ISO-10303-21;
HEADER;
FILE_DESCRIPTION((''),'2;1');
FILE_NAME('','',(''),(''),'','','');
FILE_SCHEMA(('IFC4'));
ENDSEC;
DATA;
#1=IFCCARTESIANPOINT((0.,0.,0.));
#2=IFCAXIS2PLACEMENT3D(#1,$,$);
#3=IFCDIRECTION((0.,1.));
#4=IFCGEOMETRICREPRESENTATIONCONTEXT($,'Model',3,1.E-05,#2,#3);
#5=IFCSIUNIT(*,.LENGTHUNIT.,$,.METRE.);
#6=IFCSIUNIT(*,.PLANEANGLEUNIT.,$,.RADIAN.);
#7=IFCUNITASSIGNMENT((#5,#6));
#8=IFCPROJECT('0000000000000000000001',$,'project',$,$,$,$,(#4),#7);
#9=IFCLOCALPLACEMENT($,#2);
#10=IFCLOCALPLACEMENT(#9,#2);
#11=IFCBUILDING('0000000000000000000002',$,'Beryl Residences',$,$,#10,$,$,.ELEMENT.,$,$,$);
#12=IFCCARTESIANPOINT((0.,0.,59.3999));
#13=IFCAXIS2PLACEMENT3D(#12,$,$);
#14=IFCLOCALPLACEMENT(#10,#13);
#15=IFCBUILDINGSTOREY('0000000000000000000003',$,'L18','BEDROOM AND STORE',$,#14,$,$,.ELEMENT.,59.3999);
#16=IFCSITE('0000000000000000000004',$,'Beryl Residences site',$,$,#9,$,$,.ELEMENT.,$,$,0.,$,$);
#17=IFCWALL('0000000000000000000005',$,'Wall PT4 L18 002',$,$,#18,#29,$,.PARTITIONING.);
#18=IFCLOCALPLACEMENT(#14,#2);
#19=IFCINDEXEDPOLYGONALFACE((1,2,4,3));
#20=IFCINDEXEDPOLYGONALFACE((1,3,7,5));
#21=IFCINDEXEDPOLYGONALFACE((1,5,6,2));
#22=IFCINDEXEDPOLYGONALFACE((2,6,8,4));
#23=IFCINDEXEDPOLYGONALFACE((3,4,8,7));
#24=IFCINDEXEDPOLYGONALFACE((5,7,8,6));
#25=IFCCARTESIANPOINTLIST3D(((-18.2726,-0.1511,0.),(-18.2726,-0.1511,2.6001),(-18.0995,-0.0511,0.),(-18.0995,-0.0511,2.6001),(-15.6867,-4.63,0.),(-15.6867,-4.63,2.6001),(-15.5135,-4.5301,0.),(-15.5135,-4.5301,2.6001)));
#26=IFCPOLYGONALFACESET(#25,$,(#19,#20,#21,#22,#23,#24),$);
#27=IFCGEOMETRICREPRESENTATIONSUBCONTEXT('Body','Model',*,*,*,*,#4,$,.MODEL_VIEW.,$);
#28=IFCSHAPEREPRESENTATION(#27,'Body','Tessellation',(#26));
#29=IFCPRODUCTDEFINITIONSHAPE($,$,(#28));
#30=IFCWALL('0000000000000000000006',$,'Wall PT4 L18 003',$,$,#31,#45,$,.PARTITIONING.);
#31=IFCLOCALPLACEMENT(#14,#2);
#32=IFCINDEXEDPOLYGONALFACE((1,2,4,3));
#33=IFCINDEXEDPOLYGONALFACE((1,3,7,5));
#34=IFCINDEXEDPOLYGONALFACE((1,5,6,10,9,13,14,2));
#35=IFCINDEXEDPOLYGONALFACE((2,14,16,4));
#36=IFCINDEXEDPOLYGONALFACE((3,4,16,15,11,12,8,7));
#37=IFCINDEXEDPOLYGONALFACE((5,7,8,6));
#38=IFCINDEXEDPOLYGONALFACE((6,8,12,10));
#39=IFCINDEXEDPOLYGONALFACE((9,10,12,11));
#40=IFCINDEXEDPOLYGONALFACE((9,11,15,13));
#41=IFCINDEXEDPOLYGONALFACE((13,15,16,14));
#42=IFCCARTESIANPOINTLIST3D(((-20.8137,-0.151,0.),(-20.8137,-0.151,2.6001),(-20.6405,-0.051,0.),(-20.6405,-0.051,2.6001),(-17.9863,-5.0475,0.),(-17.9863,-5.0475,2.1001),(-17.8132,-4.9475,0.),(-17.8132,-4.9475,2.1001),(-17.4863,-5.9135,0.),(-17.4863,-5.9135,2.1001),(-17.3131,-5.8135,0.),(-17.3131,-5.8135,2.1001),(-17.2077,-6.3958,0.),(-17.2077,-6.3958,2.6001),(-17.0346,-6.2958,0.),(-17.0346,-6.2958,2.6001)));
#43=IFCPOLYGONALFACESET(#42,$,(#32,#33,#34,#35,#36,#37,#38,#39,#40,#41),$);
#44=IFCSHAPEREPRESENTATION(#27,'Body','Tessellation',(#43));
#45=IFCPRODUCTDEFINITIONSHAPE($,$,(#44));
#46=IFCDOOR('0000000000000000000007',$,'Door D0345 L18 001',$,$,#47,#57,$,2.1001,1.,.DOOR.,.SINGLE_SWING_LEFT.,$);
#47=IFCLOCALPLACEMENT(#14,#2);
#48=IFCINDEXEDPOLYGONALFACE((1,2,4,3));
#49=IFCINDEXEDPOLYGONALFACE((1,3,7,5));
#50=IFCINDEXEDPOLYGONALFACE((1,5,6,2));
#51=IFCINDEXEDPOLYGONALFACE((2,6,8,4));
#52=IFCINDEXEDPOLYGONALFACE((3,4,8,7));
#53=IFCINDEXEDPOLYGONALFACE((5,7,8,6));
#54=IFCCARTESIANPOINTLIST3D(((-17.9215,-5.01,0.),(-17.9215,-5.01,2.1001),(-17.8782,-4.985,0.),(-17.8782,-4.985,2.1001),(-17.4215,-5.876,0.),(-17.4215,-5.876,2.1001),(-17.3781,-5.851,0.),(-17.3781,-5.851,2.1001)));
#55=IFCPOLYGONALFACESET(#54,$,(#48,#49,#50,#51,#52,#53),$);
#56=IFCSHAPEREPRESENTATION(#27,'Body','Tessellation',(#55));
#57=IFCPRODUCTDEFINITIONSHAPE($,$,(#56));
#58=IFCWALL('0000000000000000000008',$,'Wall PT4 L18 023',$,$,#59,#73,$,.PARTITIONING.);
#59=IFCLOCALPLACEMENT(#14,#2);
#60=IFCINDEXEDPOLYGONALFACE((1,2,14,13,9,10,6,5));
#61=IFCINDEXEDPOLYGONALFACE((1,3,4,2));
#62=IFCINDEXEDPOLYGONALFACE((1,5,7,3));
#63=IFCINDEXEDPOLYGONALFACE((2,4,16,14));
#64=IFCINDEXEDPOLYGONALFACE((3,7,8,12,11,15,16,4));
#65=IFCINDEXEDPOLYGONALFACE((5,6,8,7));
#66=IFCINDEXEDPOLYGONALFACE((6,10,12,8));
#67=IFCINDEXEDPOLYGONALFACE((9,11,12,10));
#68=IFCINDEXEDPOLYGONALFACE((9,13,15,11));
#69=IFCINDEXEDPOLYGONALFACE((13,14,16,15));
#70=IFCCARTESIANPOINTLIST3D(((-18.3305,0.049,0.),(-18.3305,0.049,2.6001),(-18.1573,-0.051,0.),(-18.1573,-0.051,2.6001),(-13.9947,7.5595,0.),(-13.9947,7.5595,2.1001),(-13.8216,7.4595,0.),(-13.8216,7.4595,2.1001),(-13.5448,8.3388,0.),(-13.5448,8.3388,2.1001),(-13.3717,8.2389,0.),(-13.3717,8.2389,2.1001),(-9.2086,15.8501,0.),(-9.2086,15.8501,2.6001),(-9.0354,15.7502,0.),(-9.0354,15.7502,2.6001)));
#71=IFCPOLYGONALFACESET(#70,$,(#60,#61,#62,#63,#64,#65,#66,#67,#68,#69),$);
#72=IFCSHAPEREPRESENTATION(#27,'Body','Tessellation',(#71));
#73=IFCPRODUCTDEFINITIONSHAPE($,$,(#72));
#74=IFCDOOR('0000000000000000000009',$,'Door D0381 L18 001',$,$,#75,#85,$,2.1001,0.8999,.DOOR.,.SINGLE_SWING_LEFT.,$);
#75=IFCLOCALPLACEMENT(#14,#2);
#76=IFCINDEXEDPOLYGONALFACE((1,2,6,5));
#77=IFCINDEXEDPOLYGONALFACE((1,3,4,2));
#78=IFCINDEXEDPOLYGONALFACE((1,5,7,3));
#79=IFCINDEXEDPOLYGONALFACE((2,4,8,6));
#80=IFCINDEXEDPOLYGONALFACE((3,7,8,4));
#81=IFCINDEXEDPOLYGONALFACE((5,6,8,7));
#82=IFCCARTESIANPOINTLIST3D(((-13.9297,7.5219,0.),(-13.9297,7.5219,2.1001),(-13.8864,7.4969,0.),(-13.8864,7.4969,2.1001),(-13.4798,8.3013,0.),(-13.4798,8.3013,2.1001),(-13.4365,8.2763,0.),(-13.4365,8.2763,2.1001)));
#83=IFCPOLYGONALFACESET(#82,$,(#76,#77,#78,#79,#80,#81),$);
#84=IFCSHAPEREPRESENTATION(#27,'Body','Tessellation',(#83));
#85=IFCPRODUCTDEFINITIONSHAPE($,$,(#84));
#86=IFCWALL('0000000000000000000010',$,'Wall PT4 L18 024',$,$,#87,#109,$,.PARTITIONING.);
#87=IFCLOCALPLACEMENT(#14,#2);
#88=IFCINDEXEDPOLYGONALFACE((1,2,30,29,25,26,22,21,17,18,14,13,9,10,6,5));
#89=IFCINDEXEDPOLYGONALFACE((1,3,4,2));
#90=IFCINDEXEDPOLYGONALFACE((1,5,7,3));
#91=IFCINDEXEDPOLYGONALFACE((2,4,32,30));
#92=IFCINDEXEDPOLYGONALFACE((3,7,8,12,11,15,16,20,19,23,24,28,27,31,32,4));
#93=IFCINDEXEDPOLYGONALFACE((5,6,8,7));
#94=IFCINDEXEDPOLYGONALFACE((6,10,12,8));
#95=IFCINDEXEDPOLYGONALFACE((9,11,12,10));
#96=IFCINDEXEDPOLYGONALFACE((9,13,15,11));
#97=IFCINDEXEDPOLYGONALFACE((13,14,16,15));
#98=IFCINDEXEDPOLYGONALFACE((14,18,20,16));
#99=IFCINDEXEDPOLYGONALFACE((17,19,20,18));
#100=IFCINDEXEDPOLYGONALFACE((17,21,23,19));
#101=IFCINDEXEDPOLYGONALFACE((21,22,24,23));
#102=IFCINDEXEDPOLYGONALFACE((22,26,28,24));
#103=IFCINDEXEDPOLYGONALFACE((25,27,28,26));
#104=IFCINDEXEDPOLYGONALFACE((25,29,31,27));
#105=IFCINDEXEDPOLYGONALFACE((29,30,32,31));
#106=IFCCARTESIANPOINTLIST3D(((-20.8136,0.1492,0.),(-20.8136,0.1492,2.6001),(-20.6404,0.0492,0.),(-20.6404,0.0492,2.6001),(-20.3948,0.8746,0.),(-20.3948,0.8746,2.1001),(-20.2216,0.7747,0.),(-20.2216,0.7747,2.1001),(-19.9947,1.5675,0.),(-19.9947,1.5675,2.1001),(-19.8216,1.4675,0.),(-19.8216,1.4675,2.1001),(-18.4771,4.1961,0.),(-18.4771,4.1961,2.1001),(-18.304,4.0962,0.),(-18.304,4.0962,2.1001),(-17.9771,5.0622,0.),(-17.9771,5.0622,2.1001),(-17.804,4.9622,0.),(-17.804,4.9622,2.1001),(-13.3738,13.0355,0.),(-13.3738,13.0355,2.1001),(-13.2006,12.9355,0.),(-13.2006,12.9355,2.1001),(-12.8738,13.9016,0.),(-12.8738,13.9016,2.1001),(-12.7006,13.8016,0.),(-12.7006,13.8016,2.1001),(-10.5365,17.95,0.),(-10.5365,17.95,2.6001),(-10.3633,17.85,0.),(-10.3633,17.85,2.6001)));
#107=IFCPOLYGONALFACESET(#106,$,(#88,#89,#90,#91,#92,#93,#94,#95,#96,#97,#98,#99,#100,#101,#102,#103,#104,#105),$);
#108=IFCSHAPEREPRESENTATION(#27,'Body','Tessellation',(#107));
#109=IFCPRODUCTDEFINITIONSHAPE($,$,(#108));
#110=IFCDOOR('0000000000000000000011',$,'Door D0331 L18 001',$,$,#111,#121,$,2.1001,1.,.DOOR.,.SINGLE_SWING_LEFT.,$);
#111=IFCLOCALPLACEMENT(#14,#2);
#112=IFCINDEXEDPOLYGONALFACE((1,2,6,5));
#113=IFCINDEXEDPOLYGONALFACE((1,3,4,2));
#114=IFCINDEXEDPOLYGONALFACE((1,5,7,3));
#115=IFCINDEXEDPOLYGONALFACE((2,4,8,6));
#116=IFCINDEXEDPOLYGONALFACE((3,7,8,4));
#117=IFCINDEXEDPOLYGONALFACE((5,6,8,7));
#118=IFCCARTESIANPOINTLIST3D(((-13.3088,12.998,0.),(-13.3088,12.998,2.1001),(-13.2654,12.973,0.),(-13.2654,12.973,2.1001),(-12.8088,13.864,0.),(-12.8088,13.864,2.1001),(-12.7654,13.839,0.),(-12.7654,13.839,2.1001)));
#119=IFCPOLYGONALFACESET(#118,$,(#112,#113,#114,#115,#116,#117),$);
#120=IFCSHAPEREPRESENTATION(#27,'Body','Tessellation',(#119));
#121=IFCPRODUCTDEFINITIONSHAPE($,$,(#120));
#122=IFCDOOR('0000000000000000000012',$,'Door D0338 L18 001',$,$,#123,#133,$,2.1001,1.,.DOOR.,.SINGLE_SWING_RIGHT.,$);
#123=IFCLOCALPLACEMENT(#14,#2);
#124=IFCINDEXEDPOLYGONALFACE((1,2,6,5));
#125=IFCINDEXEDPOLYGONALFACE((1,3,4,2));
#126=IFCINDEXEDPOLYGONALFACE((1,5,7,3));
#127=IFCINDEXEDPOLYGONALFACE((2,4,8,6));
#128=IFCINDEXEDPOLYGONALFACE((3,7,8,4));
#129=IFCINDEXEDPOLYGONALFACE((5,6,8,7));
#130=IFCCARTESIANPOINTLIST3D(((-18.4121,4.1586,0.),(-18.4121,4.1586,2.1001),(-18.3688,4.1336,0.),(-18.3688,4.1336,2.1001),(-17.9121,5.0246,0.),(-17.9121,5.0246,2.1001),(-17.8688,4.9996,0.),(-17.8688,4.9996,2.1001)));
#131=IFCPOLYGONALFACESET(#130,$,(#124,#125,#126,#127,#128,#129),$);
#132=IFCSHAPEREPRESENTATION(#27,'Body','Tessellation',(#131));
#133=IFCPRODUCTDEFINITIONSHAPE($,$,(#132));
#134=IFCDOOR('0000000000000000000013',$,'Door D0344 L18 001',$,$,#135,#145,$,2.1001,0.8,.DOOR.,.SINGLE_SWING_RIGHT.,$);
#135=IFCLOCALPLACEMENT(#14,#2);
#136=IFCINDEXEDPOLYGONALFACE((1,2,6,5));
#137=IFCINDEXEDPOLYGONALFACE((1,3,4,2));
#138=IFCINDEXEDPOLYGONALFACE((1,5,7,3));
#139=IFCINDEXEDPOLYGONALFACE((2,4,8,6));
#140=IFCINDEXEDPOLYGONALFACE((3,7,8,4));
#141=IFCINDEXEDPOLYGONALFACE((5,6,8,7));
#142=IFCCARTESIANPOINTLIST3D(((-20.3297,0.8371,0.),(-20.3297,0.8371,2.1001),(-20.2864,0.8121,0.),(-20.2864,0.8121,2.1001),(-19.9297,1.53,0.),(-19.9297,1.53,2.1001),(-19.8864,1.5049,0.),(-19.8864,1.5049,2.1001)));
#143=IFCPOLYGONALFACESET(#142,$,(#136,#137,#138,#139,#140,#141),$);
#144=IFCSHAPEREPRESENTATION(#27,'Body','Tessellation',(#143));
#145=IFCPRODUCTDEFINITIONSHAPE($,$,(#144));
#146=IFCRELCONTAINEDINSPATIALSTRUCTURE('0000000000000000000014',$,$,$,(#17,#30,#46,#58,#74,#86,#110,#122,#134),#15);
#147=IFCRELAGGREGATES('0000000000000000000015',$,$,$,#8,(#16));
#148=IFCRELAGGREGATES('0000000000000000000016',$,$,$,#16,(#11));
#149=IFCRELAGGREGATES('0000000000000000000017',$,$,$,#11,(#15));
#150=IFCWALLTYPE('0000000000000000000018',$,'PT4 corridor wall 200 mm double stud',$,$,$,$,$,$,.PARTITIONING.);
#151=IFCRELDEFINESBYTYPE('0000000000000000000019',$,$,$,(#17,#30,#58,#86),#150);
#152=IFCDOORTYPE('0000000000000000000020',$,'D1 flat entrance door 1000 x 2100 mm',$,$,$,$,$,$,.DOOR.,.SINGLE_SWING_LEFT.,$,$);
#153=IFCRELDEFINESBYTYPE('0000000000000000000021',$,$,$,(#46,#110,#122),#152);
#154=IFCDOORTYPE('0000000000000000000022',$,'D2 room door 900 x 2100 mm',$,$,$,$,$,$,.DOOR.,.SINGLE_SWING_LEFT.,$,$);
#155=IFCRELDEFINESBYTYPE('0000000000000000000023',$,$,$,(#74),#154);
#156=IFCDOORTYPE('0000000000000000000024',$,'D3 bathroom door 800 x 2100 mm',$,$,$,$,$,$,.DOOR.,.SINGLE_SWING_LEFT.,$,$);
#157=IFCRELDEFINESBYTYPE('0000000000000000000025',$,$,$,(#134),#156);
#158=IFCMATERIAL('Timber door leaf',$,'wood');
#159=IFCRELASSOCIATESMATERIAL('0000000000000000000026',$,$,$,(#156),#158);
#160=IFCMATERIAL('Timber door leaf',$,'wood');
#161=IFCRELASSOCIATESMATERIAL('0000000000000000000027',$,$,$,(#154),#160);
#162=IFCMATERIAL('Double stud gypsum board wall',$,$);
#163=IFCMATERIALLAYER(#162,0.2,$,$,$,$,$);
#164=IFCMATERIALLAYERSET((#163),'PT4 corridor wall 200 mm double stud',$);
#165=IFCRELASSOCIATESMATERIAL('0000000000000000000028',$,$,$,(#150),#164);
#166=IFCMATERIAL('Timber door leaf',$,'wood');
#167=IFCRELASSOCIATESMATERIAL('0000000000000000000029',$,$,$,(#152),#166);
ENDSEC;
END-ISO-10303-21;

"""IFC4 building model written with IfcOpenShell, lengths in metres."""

from ifc_helpers import new_model, si_unit, direction, frame, frame_2d, origin, place, context, subcontext, project, spatial, rectangle, extrude, material, layer, layer_set, type_object, element, fill, save


model = new_model("IFC4")

# Units and contexts
model_context = context("Model", 3, precision=1e-05, world=origin(), true_north=direction((0.0, 1.0)))
body_context = subcontext(model_context, "Body", "Model", "MODEL_VIEW")
ifc_project = project(units=[si_unit("LENGTHUNIT", "METRE"), si_unit("PLANEANGLEUNIT", "RADIAN")], contexts=[model_context])

# Site, building, storey
site_placement = place(None, origin())
site = spatial("IfcSite", under=ifc_project, at=site_placement, Name="Beryl Residences site", CompositionType="ELEMENT", RefElevation=0.0)
building_placement = place(site_placement, origin())
building = spatial("IfcBuilding", under=site, at=building_placement, Name="Beryl Residences", CompositionType="ELEMENT")
storey_placement = place(building_placement, frame((0.0, 0.0, 59.3999)))
storey = spatial("IfcBuildingStorey", under=building, at=storey_placement, Name="L18", Description="BEDROOM AND STORE", CompositionType="ELEMENT", Elevation=59.3999)

# Shared definitions
ifc_material_1 = material(Name="Timber door leaf", Category="wood")
door_type_1 = type_object("IfcDoorType", Name="D3 bathroom door 800 x 2100 mm", OperationType="SINGLE_SWING_LEFT", PredefinedType="DOOR", material=ifc_material_1)
ifc_material_2 = material(Name="Timber door leaf", Category="wood")
door_type_2 = type_object("IfcDoorType", Name="D2 room door 900 x 2100 mm", OperationType="SINGLE_SWING_LEFT", PredefinedType="DOOR", material=ifc_material_2)

# Wall
ifc_material_3 = material(Name="Double stud gypsum board wall")
ifc_layer_1 = layer(ifc_material_3, 0.2)
ifc_layer_set_1 = layer_set([ifc_layer_1], Name="PT4 corridor wall 200 mm double stud")
wall_type_1 = type_object("IfcWallType", Name="PT4 corridor wall 200 mm double stud", PredefinedType="PARTITIONING", material=ifc_layer_set_1)
wall_1_placement = place(storey_placement, frame((-18.186, -0.1011, 0.0), z_axis=(0.0, 0.0, 1.0), x_axis=(0.499998, -0.866027, 0.0)))
element("IfcWall", 1, at=wall_1_placement, inside=storey, type_object=wall_type_1, Name="Wall PT4 L18 002", PredefinedType="PARTITIONING", context=body_context, shape_type="SweptSolid", body=[
    extrude(rectangle(XDim=5.1719, YDim=0.2, at=frame_2d((2.5859, 0.0))), origin(), (0.0, 0.0, 1.0), 2.6001),
])

# Walls, openings, doors
wall_2_placement = place(storey_placement, frame((-20.7271, -0.1011, 0.0), z_axis=(0.0, 0.0, 1.0), x_axis=(0.50005, -0.865997, 0.0)))
wall_2 = element("IfcWall", 2, at=wall_2_placement, inside=storey, type_object=wall_type_1, Name="Wall PT4 L18 003", PredefinedType="PARTITIONING", context=body_context, shape_type="SweptSolid", body=[
    extrude(rectangle(XDim=7.2112, YDim=0.2, at=frame_2d((3.6055, 0.0))), origin(), (0.0, 0.0, 1.0), 2.6001),
])
opening_1_placement = place(wall_2_placement, frame((5.6541, 0.0, 0.0)))
opening_1 = element("IfcOpeningElement", 3, at=opening_1_placement, cuts=wall_2, PredefinedType="OPENING", context=body_context, shape_type="SweptSolid", body=[
    extrude(rectangle(XDim=1.0, YDim=2.1001, at=frame_2d((0.5, 1.05))), frame((0.0, 0.1099, 0.0), z_axis=(0.0, -1.0, 0.0), x_axis=(1.0, 0.0, 0.0)), (0.0, 0.0, 1.0), 0.22),
])
ifc_material_4 = material(Name="Timber door leaf", Category="wood")
door_type_3 = type_object("IfcDoorType", Name="D1 flat entrance door 1000 x 2100 mm", OperationType="SINGLE_SWING_LEFT", PredefinedType="DOOR", material=ifc_material_4)
door_1_placement = place(opening_1_placement, origin())
door_1 = element("IfcDoor", 4, at=door_1_placement, inside=storey, type_object=door_type_3, Name="Door D0345 L18 001", OperationType="SINGLE_SWING_LEFT", OverallHeight=2.1001, OverallWidth=1.0, PredefinedType="DOOR", context=body_context, shape_type="SweptSolid", body=[
    extrude(rectangle(XDim=1.0, YDim=2.1001, at=frame_2d((0.5, 1.05))), frame((0.0, 0.0249, 0.0), z_axis=(0.0, -1.0, 0.0), x_axis=(1.0, 0.0, 0.0)), (0.0, 0.0, 1.0), 0.05),
])
fill(opening_1, door_1)
wall_3_placement = place(storey_placement, frame((-18.2439, -0.001, 0.0), z_axis=(0.0, 0.0, 1.0), x_axis=(0.499963, 0.866047, 0.0)))
wall_3 = element("IfcWall", 5, at=wall_3_placement, inside=storey, type_object=wall_type_1, Name="Wall PT4 L18 023", PredefinedType="PARTITIONING", context=body_context, shape_type="SweptSolid", body=[
    extrude(rectangle(XDim=18.2451, YDim=0.2, at=frame_2d((9.1226, 0.0))), origin(), (0.0, 0.0, 1.0), 2.6001),
])
opening_2_placement = place(wall_3_placement, frame((8.6721, 0.0, 0.0)))
opening_2 = element("IfcOpeningElement", 6, at=opening_2_placement, cuts=wall_3, PredefinedType="OPENING", context=body_context, shape_type="SweptSolid", body=[
    extrude(rectangle(XDim=0.8999, YDim=2.1001, at=frame_2d((0.45, 1.05))), frame((0.0, 0.1099, 0.0), z_axis=(0.0, -1.0, 0.0), x_axis=(1.0, 0.0, 0.0)), (0.0, 0.0, 1.0), 0.22),
])
door_2_placement = place(opening_2_placement, origin())
door_2 = element("IfcDoor", 7, at=door_2_placement, inside=storey, type_object=door_type_2, Name="Door D0381 L18 001", OperationType="SINGLE_SWING_LEFT", OverallHeight=2.1001, OverallWidth=0.8999, PredefinedType="DOOR", context=body_context, shape_type="SweptSolid", body=[
    extrude(rectangle(XDim=0.8999, YDim=2.1001, at=frame_2d((0.45, 1.05))), frame((0.0, 0.0249, 0.0), z_axis=(0.0, -1.0, 0.0), x_axis=(1.0, 0.0, 0.0)), (0.0, 0.0, 1.0), 0.05),
])
fill(opening_2, door_2)

# Wall, openings, doors
wall_4_placement = place(storey_placement, frame((-20.7271, 0.0991, 0.0), z_axis=(0.0, 0.0, 1.0), x_axis=(0.499993, 0.866029, 0.0)))
wall_4 = element("IfcWall", 8, at=wall_4_placement, inside=storey, type_object=wall_type_1, Name="Wall PT4 L18 024", PredefinedType="PARTITIONING", context=body_context, shape_type="SweptSolid", body=[
    extrude(rectangle(XDim=20.5544, YDim=0.2, at=frame_2d((10.2773, 0.0))), origin(), (0.0, 0.0, 1.0), 2.6001),
])
opening_3_placement = place(wall_4_placement, frame((14.8799, 0.0, 0.0)))
opening_3 = element("IfcOpeningElement", 9, at=opening_3_placement, cuts=wall_4, PredefinedType="OPENING", context=body_context, shape_type="SweptSolid", body=[
    extrude(rectangle(XDim=1.0, YDim=2.1001, at=frame_2d((0.5, 1.05))), frame((0.0, 0.1099, 0.0), z_axis=(0.0, -1.0, 0.0), x_axis=(1.0, 0.0, 0.0)), (0.0, 0.0, 1.0), 0.22),
])
opening_4_placement = place(wall_4_placement, frame((4.6731, 0.0, 0.0)))
opening_4 = element("IfcOpeningElement", 10, at=opening_4_placement, cuts=wall_4, PredefinedType="OPENING", context=body_context, shape_type="SweptSolid", body=[
    extrude(rectangle(XDim=1.0, YDim=2.1001, at=frame_2d((0.5, 1.05))), frame((0.0, 0.1099, 0.0), z_axis=(0.0, -1.0, 0.0), x_axis=(1.0, 0.0, 0.0)), (0.0, 0.0, 1.0), 0.22),
])
opening_5_placement = place(wall_4_placement, frame((0.8379, 0.0, 0.0)))
opening_5 = element("IfcOpeningElement", 11, at=opening_5_placement, cuts=wall_4, PredefinedType="OPENING", context=body_context, shape_type="SweptSolid", body=[
    extrude(rectangle(XDim=0.8, YDim=2.1001, at=frame_2d((0.3999, 1.05))), frame((0.0, 0.1099, 0.0), z_axis=(0.0, -1.0, 0.0), x_axis=(1.0, 0.0, 0.0)), (0.0, 0.0, 1.0), 0.22),
])
door_3_placement = place(opening_3_placement, origin())
door_3 = element("IfcDoor", 12, at=door_3_placement, inside=storey, type_object=door_type_3, Name="Door D0331 L18 001", OperationType="SINGLE_SWING_LEFT", OverallHeight=2.1001, OverallWidth=1.0, PredefinedType="DOOR", context=body_context, shape_type="SweptSolid", body=[
    extrude(rectangle(XDim=1.0, YDim=2.1001, at=frame_2d((0.5, 1.05))), frame((0.0, 0.0249, 0.0), z_axis=(0.0, -1.0, 0.0), x_axis=(1.0, 0.0, 0.0)), (0.0, 0.0, 1.0), 0.05),
])
fill(opening_3, door_3)
door_4_placement = place(opening_4_placement, origin())
door_4 = element("IfcDoor", 13, at=door_4_placement, inside=storey, type_object=door_type_3, Name="Door D0338 L18 001", OperationType="SINGLE_SWING_RIGHT", OverallHeight=2.1001, OverallWidth=1.0, PredefinedType="DOOR", context=body_context, shape_type="SweptSolid", body=[
    extrude(rectangle(XDim=1.0, YDim=2.1001, at=frame_2d((0.5, 1.05))), frame((0.0, 0.0249, 0.0), z_axis=(0.0, -1.0, 0.0), x_axis=(1.0, 0.0, 0.0)), (0.0, 0.0, 1.0), 0.05),
])
fill(opening_4, door_4)
door_5_placement = place(opening_5_placement, origin())
door_5 = element("IfcDoor", 14, at=door_5_placement, inside=storey, type_object=door_type_1, Name="Door D0344 L18 001", OperationType="SINGLE_SWING_RIGHT", OverallHeight=2.1001, OverallWidth=0.8, PredefinedType="DOOR", context=body_context, shape_type="SweptSolid", body=[
    extrude(rectangle(XDim=0.8, YDim=2.1001, at=frame_2d((0.3999, 1.05))), frame((0.0, 0.0249, 0.0), z_axis=(0.0, -1.0, 0.0), x_axis=(1.0, 0.0, 0.0)), (0.0, 0.0, 1.0), 0.05),
])
fill(opening_5, door_5)

save(model, "model.ifc")
